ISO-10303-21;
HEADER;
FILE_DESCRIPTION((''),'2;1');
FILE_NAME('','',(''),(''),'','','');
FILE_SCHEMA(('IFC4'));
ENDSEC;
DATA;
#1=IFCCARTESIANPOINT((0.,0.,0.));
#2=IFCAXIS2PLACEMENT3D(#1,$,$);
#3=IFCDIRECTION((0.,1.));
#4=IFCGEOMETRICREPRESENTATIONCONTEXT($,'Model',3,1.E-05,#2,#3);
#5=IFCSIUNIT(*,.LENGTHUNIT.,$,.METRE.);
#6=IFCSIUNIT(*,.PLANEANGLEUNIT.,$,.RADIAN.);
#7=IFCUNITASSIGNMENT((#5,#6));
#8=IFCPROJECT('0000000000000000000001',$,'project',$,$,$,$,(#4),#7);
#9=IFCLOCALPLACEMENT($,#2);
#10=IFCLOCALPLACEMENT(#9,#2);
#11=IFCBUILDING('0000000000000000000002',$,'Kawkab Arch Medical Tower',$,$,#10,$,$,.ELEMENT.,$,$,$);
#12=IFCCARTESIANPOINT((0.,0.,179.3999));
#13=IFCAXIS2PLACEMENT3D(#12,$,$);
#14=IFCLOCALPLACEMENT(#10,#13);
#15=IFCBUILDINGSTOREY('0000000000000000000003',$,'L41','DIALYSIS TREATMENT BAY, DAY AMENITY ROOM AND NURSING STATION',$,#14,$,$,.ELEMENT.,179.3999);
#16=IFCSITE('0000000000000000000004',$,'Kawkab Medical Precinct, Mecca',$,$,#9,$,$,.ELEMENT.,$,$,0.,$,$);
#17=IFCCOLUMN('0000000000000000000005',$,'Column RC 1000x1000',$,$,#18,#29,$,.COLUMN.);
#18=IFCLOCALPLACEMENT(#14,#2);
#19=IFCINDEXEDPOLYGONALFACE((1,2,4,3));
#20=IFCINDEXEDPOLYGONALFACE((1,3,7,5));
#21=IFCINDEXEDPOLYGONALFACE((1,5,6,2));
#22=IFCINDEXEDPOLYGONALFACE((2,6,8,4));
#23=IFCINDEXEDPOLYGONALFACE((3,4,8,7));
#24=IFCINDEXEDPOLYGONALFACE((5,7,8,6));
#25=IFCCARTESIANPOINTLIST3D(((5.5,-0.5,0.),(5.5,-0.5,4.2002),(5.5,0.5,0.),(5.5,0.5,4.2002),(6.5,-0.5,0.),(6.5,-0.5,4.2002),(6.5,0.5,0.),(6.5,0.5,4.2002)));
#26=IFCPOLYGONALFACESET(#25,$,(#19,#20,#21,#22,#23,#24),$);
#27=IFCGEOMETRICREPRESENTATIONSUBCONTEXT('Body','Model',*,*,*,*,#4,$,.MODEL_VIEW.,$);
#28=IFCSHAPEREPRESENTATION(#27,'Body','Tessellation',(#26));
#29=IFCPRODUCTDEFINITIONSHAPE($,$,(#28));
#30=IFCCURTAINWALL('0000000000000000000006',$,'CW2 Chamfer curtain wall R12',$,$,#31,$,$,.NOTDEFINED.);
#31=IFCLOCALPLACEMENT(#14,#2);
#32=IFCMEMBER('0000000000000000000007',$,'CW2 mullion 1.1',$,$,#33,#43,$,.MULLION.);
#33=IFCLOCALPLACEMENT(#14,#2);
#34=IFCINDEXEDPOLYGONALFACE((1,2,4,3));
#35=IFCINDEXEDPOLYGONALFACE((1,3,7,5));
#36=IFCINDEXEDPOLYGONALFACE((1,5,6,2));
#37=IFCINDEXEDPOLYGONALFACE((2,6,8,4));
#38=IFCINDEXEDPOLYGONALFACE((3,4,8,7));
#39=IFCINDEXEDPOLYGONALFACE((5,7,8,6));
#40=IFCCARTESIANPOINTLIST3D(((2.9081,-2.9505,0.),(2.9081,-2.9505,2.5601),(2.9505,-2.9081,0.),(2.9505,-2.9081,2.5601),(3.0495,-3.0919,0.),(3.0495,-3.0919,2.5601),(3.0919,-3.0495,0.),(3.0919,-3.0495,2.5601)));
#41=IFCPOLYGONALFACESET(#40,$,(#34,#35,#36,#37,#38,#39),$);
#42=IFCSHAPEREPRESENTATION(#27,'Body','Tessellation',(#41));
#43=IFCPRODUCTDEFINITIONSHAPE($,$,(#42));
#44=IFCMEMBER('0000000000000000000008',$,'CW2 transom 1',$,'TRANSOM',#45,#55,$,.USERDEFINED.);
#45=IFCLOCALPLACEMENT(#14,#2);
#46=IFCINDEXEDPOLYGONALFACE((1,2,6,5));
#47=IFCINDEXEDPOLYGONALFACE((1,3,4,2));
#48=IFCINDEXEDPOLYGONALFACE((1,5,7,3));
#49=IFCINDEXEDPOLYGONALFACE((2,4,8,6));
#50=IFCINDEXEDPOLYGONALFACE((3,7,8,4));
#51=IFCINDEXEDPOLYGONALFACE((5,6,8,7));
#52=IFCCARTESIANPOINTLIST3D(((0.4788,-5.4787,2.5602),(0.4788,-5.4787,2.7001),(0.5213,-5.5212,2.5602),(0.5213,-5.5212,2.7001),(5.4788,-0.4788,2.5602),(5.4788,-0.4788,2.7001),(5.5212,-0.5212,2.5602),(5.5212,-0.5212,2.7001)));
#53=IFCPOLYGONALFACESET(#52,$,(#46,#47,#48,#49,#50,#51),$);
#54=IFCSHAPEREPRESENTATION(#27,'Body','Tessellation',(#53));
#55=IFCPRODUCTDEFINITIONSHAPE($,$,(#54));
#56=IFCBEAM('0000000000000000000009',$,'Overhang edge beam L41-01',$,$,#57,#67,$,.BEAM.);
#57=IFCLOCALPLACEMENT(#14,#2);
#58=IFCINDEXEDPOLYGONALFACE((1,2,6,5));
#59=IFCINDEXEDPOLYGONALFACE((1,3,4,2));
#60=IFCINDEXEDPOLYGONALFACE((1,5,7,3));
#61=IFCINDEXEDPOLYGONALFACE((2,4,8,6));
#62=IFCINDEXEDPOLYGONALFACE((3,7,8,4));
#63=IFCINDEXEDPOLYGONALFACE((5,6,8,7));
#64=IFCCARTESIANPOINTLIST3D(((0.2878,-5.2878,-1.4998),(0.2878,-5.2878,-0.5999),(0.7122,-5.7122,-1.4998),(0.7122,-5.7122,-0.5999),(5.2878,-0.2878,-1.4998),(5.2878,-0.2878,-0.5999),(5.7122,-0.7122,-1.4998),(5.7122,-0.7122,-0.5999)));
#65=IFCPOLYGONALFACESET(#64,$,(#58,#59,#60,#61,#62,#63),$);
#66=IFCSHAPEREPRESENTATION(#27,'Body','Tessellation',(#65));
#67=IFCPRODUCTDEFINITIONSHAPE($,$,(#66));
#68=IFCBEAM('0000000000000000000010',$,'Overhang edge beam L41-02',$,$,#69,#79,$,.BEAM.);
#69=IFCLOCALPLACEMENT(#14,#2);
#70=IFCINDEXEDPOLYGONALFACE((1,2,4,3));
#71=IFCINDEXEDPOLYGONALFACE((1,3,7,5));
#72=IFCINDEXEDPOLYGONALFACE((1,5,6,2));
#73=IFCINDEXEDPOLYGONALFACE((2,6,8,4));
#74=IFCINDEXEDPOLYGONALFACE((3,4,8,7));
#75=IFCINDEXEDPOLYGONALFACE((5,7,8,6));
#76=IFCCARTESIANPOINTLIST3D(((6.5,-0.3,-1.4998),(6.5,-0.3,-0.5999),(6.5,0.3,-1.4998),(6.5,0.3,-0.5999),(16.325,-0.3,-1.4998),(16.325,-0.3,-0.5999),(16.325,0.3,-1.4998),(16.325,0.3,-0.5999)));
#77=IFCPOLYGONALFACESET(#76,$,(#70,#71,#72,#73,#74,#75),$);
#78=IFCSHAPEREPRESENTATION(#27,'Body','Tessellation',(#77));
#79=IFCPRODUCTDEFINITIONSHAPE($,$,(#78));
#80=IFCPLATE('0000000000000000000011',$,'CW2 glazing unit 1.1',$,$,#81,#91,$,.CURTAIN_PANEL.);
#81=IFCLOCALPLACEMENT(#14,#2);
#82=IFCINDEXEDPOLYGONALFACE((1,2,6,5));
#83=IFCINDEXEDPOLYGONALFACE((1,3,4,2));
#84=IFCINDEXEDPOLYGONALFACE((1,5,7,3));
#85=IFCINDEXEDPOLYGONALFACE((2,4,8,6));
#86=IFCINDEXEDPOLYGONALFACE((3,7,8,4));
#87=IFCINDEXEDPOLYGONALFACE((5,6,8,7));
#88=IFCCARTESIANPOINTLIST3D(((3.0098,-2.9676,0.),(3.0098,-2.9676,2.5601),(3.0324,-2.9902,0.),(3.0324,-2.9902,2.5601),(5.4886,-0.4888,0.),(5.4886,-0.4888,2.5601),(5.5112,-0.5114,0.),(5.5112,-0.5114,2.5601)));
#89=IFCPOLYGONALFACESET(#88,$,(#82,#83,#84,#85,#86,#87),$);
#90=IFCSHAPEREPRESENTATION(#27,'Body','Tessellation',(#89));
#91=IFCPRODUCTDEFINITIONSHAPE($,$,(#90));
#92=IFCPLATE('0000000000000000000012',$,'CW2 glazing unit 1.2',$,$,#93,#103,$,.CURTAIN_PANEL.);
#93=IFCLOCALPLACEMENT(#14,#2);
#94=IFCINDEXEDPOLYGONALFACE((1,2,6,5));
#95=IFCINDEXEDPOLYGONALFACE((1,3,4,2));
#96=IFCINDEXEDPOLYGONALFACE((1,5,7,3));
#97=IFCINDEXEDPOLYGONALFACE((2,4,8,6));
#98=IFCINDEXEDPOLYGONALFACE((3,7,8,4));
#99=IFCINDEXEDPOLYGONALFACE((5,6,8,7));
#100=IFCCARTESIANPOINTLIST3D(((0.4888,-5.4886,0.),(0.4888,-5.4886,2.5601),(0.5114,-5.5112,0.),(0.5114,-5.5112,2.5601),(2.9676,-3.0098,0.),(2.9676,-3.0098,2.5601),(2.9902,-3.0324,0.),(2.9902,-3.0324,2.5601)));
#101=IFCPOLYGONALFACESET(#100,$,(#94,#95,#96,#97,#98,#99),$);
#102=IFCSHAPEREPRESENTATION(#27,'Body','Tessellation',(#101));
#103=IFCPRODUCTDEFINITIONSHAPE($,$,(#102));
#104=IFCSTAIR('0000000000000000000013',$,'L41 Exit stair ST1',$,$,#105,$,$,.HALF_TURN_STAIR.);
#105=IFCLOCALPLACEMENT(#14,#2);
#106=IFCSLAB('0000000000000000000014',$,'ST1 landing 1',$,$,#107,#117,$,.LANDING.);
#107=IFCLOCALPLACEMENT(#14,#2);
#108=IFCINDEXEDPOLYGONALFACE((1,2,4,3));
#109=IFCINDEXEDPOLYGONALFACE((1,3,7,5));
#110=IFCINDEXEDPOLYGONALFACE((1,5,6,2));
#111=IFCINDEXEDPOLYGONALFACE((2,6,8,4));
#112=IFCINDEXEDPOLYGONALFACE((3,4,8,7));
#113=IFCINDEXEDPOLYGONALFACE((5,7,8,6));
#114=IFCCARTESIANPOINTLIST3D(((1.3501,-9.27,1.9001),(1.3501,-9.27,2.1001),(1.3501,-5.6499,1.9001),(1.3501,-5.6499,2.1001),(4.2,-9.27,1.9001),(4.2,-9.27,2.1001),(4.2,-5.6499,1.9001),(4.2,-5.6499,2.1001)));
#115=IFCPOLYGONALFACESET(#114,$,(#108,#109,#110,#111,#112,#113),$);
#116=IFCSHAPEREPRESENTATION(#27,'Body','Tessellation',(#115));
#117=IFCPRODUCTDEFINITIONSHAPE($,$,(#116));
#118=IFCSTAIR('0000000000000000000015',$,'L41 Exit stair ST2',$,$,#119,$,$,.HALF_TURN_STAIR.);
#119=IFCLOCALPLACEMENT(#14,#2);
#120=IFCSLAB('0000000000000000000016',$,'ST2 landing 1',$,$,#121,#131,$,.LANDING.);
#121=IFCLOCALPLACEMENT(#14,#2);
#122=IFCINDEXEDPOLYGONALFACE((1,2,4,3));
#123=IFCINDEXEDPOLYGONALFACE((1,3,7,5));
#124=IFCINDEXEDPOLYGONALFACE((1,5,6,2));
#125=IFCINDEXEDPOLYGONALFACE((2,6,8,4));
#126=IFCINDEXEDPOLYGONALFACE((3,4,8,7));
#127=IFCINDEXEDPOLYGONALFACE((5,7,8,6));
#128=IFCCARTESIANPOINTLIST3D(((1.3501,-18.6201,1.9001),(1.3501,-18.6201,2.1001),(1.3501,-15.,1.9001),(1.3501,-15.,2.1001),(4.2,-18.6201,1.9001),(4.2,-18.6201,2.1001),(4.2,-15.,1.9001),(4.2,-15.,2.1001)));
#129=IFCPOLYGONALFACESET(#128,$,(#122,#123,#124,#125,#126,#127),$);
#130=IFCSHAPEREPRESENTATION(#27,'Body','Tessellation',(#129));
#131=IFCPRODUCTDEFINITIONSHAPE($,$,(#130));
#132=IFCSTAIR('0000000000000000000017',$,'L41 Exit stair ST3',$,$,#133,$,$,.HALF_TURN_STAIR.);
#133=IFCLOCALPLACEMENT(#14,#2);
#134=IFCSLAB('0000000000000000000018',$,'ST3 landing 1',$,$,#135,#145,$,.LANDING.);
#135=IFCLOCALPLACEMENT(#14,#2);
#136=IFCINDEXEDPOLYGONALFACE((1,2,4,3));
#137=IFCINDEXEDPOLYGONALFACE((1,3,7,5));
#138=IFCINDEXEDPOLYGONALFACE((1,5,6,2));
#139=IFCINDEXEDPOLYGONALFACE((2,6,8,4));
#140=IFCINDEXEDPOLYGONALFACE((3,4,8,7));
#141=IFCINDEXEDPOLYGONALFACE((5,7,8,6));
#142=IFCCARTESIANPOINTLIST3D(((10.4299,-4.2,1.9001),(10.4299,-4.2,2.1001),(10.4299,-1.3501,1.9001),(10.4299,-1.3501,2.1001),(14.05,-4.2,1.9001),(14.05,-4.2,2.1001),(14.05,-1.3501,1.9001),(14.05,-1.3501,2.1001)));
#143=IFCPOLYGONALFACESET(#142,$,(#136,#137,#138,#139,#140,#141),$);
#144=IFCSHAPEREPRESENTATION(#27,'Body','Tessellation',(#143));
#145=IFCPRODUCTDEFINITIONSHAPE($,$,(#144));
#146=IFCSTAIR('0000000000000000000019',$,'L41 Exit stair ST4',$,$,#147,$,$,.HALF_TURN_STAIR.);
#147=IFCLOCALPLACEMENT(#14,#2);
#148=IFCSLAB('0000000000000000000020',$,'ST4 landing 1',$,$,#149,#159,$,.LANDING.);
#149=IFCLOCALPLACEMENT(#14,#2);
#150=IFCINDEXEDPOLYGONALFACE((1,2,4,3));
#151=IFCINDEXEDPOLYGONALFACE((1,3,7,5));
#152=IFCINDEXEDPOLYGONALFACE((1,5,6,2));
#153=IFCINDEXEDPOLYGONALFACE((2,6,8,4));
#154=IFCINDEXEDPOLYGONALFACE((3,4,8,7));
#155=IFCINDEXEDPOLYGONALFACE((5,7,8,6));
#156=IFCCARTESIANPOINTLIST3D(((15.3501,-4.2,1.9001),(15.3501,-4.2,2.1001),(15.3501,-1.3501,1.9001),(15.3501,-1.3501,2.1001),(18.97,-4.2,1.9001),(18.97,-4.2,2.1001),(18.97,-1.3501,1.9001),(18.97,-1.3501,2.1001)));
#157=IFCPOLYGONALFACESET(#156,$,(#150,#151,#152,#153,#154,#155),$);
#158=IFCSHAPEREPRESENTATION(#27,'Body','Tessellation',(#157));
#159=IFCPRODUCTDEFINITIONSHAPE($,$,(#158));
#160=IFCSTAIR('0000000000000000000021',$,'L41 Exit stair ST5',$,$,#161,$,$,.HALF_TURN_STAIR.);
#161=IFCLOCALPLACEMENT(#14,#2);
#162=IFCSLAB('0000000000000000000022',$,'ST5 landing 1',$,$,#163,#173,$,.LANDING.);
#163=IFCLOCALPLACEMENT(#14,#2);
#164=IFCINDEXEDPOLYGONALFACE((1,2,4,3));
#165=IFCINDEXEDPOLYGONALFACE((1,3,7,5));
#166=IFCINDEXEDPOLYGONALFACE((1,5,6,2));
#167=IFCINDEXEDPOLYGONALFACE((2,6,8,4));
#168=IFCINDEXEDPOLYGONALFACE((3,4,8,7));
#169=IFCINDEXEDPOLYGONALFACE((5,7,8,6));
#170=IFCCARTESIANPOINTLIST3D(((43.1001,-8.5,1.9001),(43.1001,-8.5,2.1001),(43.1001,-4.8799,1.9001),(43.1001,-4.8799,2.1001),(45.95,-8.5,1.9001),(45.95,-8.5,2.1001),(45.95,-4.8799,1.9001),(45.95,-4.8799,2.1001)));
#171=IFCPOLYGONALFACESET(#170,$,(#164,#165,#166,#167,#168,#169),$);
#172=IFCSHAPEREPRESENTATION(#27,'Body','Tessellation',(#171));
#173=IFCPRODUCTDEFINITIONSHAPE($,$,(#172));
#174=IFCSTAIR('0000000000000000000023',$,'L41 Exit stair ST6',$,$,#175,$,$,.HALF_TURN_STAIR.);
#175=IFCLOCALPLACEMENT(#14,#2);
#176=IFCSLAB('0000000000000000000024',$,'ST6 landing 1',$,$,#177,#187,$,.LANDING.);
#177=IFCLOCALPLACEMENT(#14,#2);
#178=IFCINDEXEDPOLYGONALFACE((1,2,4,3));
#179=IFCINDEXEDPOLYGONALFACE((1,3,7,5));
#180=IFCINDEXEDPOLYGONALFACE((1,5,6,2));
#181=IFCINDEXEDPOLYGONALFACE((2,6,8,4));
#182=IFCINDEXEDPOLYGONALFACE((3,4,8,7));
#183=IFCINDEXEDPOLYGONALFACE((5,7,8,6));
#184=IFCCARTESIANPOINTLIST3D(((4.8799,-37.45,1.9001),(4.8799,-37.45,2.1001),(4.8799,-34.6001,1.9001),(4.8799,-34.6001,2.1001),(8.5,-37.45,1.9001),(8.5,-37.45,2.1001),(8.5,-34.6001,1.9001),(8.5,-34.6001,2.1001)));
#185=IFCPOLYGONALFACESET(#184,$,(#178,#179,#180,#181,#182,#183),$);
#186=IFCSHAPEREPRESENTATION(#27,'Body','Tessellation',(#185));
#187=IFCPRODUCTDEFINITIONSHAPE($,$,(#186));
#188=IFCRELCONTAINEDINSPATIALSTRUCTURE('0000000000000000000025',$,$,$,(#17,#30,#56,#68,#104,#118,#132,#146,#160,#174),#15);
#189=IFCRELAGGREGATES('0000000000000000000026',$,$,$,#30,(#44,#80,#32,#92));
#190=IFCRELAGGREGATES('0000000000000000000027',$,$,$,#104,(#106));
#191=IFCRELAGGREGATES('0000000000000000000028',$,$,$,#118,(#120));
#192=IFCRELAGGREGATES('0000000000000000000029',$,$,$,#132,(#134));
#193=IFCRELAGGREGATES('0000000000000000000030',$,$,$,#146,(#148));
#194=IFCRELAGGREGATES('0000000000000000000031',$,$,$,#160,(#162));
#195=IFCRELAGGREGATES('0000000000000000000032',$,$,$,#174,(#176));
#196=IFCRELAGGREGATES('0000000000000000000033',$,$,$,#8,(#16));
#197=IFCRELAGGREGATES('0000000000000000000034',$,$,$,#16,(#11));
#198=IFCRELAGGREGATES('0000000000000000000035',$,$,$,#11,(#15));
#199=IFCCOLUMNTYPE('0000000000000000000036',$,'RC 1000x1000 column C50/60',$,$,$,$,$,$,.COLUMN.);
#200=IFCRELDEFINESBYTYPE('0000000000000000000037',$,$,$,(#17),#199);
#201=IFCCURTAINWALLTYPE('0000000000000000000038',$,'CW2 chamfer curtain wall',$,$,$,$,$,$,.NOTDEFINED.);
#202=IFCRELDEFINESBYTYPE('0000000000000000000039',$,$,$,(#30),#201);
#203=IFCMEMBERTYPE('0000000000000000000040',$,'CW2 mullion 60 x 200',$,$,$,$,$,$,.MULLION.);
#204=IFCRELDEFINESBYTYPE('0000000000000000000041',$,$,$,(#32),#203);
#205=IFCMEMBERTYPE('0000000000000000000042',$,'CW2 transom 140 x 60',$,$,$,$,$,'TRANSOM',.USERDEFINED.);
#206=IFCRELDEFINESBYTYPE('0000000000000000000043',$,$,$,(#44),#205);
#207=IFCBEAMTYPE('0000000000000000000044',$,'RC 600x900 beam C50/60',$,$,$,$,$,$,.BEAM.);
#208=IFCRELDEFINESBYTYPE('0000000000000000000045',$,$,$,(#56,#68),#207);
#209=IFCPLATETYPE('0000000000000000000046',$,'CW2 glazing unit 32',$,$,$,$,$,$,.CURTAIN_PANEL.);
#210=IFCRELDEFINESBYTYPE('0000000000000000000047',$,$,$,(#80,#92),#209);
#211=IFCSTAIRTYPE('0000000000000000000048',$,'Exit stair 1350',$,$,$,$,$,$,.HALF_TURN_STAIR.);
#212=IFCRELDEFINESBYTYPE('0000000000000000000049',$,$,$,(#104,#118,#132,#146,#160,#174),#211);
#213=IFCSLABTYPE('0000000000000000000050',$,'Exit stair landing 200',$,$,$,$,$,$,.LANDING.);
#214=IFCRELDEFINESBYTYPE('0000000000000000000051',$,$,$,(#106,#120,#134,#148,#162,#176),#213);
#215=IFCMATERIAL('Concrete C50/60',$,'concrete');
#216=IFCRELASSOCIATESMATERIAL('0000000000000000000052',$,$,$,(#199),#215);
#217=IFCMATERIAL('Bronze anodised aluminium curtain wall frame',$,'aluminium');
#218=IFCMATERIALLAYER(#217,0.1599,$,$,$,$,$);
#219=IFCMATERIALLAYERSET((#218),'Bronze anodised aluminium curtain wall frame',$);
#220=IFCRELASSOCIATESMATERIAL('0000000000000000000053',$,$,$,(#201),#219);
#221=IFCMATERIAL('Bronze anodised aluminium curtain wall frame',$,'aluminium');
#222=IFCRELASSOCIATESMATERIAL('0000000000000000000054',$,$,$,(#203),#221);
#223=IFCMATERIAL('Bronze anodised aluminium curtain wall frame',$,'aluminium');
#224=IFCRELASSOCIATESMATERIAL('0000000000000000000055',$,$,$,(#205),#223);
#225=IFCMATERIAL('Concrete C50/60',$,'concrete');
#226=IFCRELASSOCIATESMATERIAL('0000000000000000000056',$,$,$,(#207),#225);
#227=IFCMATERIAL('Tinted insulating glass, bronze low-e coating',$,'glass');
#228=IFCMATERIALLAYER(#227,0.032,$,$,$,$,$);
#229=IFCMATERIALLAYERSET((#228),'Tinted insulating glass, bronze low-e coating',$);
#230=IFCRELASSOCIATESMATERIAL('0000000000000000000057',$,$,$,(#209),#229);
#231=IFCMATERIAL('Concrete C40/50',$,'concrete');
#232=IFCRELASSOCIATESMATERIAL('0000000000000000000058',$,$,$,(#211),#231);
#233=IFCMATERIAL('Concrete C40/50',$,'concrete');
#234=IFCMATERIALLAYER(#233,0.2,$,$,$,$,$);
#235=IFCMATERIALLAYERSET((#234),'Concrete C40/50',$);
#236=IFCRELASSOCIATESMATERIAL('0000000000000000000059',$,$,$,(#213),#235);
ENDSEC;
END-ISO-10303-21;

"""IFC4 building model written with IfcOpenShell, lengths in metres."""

from ifc_helpers import new_model, si_unit, direction, frame, origin, origin_2d, place, context, subcontext, project, spatial, polyline, rectangle, outline, extrude, material, layer, layer_set, material_profile, profile_set, type_object, element, aggregate, save


model = new_model("IFC4")

# Units and contexts
model_context = context("Model", 3, precision=1e-05, world=origin(), true_north=direction((0.0, 1.0)))
body_context = subcontext(model_context, "Body", "Model", "MODEL_VIEW")
ifc_project = project(units=[si_unit("LENGTHUNIT", "METRE"), si_unit("PLANEANGLEUNIT", "RADIAN")], contexts=[model_context])

# Site, building, storey
site_placement = place(None, origin())
site = spatial("IfcSite", under=ifc_project, at=site_placement, Name="Kawkab Medical Precinct, Mecca", CompositionType="ELEMENT", RefElevation=0.0)
building_placement = place(site_placement, origin())
building = spatial("IfcBuilding", under=site, at=building_placement, Name="Kawkab Arch Medical Tower", CompositionType="ELEMENT")
storey_placement = place(building_placement, frame((0.0, 0.0, 179.3999)))
storey = spatial("IfcBuildingStorey", under=building, at=storey_placement, Name="L41", Description="DIALYSIS TREATMENT BAY, DAY AMENITY ROOM AND NURSING STATION", CompositionType="ELEMENT", Elevation=179.3999)

# Column
ifc_material_1 = material(Name="Concrete C50/60", Category="concrete")
ifc_material_profile_1 = material_profile(ifc_material_1, rectangle(XDim=1.0, YDim=1.0, at=origin_2d()), Name="RC 1000x1000")
ifc_profile_set_1 = profile_set([ifc_material_profile_1], Name="Concrete C50/60")
column_type = type_object("IfcColumnType", Name="RC 1000x1000 column C50/60", PredefinedType="COLUMN", material=ifc_profile_set_1)
column_placement = place(storey_placement, frame((6.0, 0.0, 0.0), z_axis=(0.0, 0.0, 1.0), x_axis=(1.0, 0.0, 0.0)))
element("IfcColumn", 1, at=column_placement, inside=storey, type_object=column_type, Name="Column RC 1000x1000", PredefinedType="COLUMN", context=body_context, shape_type="SweptSolid", body=[
    extrude(rectangle(XDim=1.0, YDim=1.0, at=origin_2d()), origin(), (0.0, 0.0, 1.0), 4.2002),
])

# Curtain wall, members
ifc_material_2 = material(Name="Bronze anodised aluminium curtain wall frame", Category="aluminium")
ifc_layer_1 = layer(ifc_material_2, 0.1599)
ifc_layer_set_1 = layer_set([ifc_layer_1], Name="Bronze anodised aluminium curtain wall frame")
curtain_wall_type = type_object("IfcCurtainWallType", Name="CW2 chamfer curtain wall", PredefinedType="NOTDEFINED", material=ifc_layer_set_1)
placement_1 = place(storey_placement, origin())
curtain_wall = element("IfcCurtainWall", 2, at=placement_1, inside=storey, type_object=curtain_wall_type, Name="CW2 Chamfer curtain wall R12", PredefinedType="NOTDEFINED")
ifc_material_3 = material(Name="Bronze anodised aluminium curtain wall frame", Category="aluminium")
ifc_material_profile_2 = material_profile(ifc_material_3, rectangle(XDim=0.2, YDim=0.0601, at=origin_2d()), Name="AL 60x200")
ifc_profile_set_2 = profile_set([ifc_material_profile_2], Name="Bronze anodised aluminium curtain wall frame")
member_type_1 = type_object("IfcMemberType", Name="CW2 mullion 60 x 200", PredefinedType="MULLION", material=ifc_profile_set_2)
member_1_placement = place(storey_placement, frame((3.0, -3.0, 0.0), z_axis=(0.0, 0.0, 1.0), x_axis=(0.707107, -0.707107, 0.0)))
member_1 = element("IfcMember", 3, at=member_1_placement, type_object=member_type_1, Name="CW2 mullion 1.1", PredefinedType="MULLION", context=body_context, shape_type="SweptSolid", body=[
    extrude(rectangle(XDim=0.2, YDim=0.0601, at=origin_2d()), origin(), (0.0, 0.0, 1.0), 2.5601),
])
ifc_material_4 = material(Name="Bronze anodised aluminium curtain wall frame", Category="aluminium")
ifc_material_profile_3 = material_profile(ifc_material_4, rectangle(XDim=0.0601, YDim=0.1399, at=origin_2d()), Name="AL 60x140")
ifc_profile_set_3 = profile_set([ifc_material_profile_3], Name="Bronze anodised aluminium curtain wall frame")
member_type_2 = type_object("IfcMemberType", Name="CW2 transom 140 x 60", ElementType="TRANSOM", PredefinedType="USERDEFINED", material=ifc_profile_set_3)
member_2_placement = place(storey_placement, frame((5.5, -0.5, 2.6301), z_axis=(-0.707107, -0.707107, 0.0), x_axis=(0.707107, -0.707107, 0.0)))
member_2 = element("IfcMember", 4, at=member_2_placement, type_object=member_type_2, Name="CW2 transom 1", ObjectType="TRANSOM", PredefinedType="USERDEFINED", context=body_context, shape_type="SweptSolid", body=[
    extrude(rectangle(XDim=0.0601, YDim=0.1399, at=origin_2d()), origin(), (0.0, 0.0, 1.0), 7.071),
])

# Beams
ifc_material_5 = material(Name="Concrete C50/60", Category="concrete")
ifc_material_profile_4 = material_profile(ifc_material_5, rectangle(XDim=0.6001, YDim=0.8999, at=origin_2d()), Name="RC 600x900")
ifc_profile_set_4 = profile_set([ifc_material_profile_4], Name="Concrete C50/60")
beam_type = type_object("IfcBeamType", Name="RC 600x900 beam C50/60", PredefinedType="BEAM", material=ifc_profile_set_4)
beam_1_placement = place(storey_placement, frame((0.5, -5.5, -1.0498), z_axis=(0.707107, 0.707107, 0.0), x_axis=(-0.707107, 0.707107, 0.0)))
element("IfcBeam", 5, at=beam_1_placement, inside=storey, type_object=beam_type, Name="Overhang edge beam L41-01", PredefinedType="BEAM", context=body_context, shape_type="SweptSolid", body=[
    extrude(rectangle(XDim=0.6001, YDim=0.8999, at=origin_2d()), origin(), (0.0, 0.0, 1.0), 7.071),
])
beam_2_placement = place(storey_placement, frame((6.5, 0.0, -1.0498), z_axis=(1.0, 0.0, 0.0), x_axis=(0.0, 1.0, 0.0)))
element("IfcBeam", 6, at=beam_2_placement, inside=storey, type_object=beam_type, Name="Overhang edge beam L41-02", PredefinedType="BEAM", context=body_context, shape_type="SweptSolid", body=[
    extrude(rectangle(XDim=0.6001, YDim=0.8999, at=origin_2d()), origin(), (0.0, 0.0, 1.0), 9.825),
])

# Plates
ifc_material_6 = material(Name="Tinted insulating glass, bronze low-e coating", Category="glass")
ifc_layer_2 = layer(ifc_material_6, 0.032)
ifc_layer_set_2 = layer_set([ifc_layer_2], Name="Tinted insulating glass, bronze low-e coating")
plate_type = type_object("IfcPlateType", Name="CW2 glazing unit 32", PredefinedType="CURTAIN_PANEL", material=ifc_layer_set_2)
plate_1_placement = place(storey_placement, frame((4.2605, -1.7395, 0.0), z_axis=(0.0, 0.0, 1.0), x_axis=(-0.707107, -0.707107, 0.0)))
plate_1 = element("IfcPlate", 7, at=plate_1_placement, type_object=plate_type, Name="CW2 glazing unit 1.1", PredefinedType="CURTAIN_PANEL", context=body_context, shape_type="SweptSolid", body=[
    extrude(rectangle(XDim=3.5056, YDim=0.032, at=origin_2d()), origin(), (0.0, 0.0, 1.0), 2.5601),
])
plate_2_placement = place(storey_placement, frame((1.7395, -4.2605, 0.0), z_axis=(0.0, 0.0, 1.0), x_axis=(-0.707107, -0.707107, 0.0)))
plate_2 = element("IfcPlate", 8, at=plate_2_placement, type_object=plate_type, Name="CW2 glazing unit 1.2", PredefinedType="CURTAIN_PANEL", context=body_context, shape_type="SweptSolid", body=[
    extrude(rectangle(XDim=3.5056, YDim=0.032, at=origin_2d()), origin(), (0.0, 0.0, 1.0), 2.5601),
])
aggregate(curtain_wall, [member_2, plate_1, member_1, plate_2])

# Stairs, slabs
ifc_material_7 = material(Name="Concrete C40/50", Category="concrete")
stair_type = type_object("IfcStairType", Name="Exit stair 1350", PredefinedType="HALF_TURN_STAIR", material=ifc_material_7)
stair_1 = element("IfcStair", 9, at=placement_1, inside=storey, type_object=stair_type, Name="L41 Exit stair ST1", PredefinedType="HALF_TURN_STAIR")
ifc_material_8 = material(Name="Concrete C40/50", Category="concrete")
ifc_layer_3 = layer(ifc_material_8, 0.2)
ifc_layer_set_3 = layer_set([ifc_layer_3], Name="Concrete C40/50")
slab_type_1 = type_object("IfcSlabType", Name="Exit stair landing 200", PredefinedType="LANDING", material=ifc_layer_set_3)
placement_2 = place(storey_placement, frame((0.0, 0.0, 1.9001)))
slab_1 = element("IfcSlab", 10, at=placement_2, type_object=slab_type_1, Name="ST1 landing 1", PredefinedType="LANDING", context=body_context, shape_type="SweptSolid", body=[
    extrude(outline(polyline([(4.2, -9.27), (4.2, -5.6499), (1.3501, -5.6499), (1.3501, -9.27), (4.2, -9.27)])), origin(), (0.0, 0.0, 1.0), 0.2),
])
aggregate(stair_1, [slab_1])
stair_2 = element("IfcStair", 11, at=placement_1, inside=storey, type_object=stair_type, Name="L41 Exit stair ST2", PredefinedType="HALF_TURN_STAIR")
slab_2 = element("IfcSlab", 12, at=placement_2, type_object=slab_type_1, Name="ST2 landing 1", PredefinedType="LANDING", context=body_context, shape_type="SweptSolid", body=[
    extrude(outline(polyline([(4.2, -18.6201), (4.2, -15.0), (1.3501, -15.0), (1.3501, -18.6201), (4.2, -18.6201)])), origin(), (0.0, 0.0, 1.0), 0.2),
])
aggregate(stair_2, [slab_2])
stair_3 = element("IfcStair", 13, at=placement_1, inside=storey, type_object=stair_type, Name="L41 Exit stair ST3", PredefinedType="HALF_TURN_STAIR")
slab_3 = element("IfcSlab", 14, at=placement_2, type_object=slab_type_1, Name="ST3 landing 1", PredefinedType="LANDING", context=body_context, shape_type="SweptSolid", body=[
    extrude(outline(polyline([(10.4299, -4.2), (14.05, -4.2), (14.05, -1.3501), (10.4299, -1.3501), (10.4299, -4.2)])), origin(), (0.0, 0.0, 1.0), 0.2),
])
aggregate(stair_3, [slab_3])
stair_4 = element("IfcStair", 15, at=placement_1, inside=storey, type_object=stair_type, Name="L41 Exit stair ST4", PredefinedType="HALF_TURN_STAIR")
slab_4 = element("IfcSlab", 16, at=placement_2, type_object=slab_type_1, Name="ST4 landing 1", PredefinedType="LANDING", context=body_context, shape_type="SweptSolid", body=[
    extrude(outline(polyline([(18.97, -1.3501), (15.3501, -1.3501), (15.3501, -4.2), (18.97, -4.2), (18.97, -1.3501)])), origin(), (0.0, 0.0, 1.0), 0.2),
])
aggregate(stair_4, [slab_4])
stair_5 = element("IfcStair", 17, at=placement_1, inside=storey, type_object=stair_type, Name="L41 Exit stair ST5", PredefinedType="HALF_TURN_STAIR")
slab_5 = element("IfcSlab", 18, at=placement_2, type_object=slab_type_1, Name="ST5 landing 1", PredefinedType="LANDING", context=body_context, shape_type="SweptSolid", body=[
    extrude(outline(polyline([(43.1001, -4.8799), (43.1001, -8.5), (45.95, -8.5), (45.95, -4.8799), (43.1001, -4.8799)])), origin(), (0.0, 0.0, 1.0), 0.2),
])
aggregate(stair_5, [slab_5])
stair_6 = element("IfcStair", 19, at=placement_1, inside=storey, type_object=stair_type, Name="L41 Exit stair ST6", PredefinedType="HALF_TURN_STAIR")
slab_6 = element("IfcSlab", 20, at=placement_2, type_object=slab_type_1, Name="ST6 landing 1", PredefinedType="LANDING", context=body_context, shape_type="SweptSolid", body=[
    extrude(outline(polyline([(4.8799, -37.45), (8.5, -37.45), (8.5, -34.6001), (4.8799, -34.6001), (4.8799, -37.45)])), origin(), (0.0, 0.0, 1.0), 0.2),
])
aggregate(stair_6, [slab_6])

save(model, "model.ifc")
